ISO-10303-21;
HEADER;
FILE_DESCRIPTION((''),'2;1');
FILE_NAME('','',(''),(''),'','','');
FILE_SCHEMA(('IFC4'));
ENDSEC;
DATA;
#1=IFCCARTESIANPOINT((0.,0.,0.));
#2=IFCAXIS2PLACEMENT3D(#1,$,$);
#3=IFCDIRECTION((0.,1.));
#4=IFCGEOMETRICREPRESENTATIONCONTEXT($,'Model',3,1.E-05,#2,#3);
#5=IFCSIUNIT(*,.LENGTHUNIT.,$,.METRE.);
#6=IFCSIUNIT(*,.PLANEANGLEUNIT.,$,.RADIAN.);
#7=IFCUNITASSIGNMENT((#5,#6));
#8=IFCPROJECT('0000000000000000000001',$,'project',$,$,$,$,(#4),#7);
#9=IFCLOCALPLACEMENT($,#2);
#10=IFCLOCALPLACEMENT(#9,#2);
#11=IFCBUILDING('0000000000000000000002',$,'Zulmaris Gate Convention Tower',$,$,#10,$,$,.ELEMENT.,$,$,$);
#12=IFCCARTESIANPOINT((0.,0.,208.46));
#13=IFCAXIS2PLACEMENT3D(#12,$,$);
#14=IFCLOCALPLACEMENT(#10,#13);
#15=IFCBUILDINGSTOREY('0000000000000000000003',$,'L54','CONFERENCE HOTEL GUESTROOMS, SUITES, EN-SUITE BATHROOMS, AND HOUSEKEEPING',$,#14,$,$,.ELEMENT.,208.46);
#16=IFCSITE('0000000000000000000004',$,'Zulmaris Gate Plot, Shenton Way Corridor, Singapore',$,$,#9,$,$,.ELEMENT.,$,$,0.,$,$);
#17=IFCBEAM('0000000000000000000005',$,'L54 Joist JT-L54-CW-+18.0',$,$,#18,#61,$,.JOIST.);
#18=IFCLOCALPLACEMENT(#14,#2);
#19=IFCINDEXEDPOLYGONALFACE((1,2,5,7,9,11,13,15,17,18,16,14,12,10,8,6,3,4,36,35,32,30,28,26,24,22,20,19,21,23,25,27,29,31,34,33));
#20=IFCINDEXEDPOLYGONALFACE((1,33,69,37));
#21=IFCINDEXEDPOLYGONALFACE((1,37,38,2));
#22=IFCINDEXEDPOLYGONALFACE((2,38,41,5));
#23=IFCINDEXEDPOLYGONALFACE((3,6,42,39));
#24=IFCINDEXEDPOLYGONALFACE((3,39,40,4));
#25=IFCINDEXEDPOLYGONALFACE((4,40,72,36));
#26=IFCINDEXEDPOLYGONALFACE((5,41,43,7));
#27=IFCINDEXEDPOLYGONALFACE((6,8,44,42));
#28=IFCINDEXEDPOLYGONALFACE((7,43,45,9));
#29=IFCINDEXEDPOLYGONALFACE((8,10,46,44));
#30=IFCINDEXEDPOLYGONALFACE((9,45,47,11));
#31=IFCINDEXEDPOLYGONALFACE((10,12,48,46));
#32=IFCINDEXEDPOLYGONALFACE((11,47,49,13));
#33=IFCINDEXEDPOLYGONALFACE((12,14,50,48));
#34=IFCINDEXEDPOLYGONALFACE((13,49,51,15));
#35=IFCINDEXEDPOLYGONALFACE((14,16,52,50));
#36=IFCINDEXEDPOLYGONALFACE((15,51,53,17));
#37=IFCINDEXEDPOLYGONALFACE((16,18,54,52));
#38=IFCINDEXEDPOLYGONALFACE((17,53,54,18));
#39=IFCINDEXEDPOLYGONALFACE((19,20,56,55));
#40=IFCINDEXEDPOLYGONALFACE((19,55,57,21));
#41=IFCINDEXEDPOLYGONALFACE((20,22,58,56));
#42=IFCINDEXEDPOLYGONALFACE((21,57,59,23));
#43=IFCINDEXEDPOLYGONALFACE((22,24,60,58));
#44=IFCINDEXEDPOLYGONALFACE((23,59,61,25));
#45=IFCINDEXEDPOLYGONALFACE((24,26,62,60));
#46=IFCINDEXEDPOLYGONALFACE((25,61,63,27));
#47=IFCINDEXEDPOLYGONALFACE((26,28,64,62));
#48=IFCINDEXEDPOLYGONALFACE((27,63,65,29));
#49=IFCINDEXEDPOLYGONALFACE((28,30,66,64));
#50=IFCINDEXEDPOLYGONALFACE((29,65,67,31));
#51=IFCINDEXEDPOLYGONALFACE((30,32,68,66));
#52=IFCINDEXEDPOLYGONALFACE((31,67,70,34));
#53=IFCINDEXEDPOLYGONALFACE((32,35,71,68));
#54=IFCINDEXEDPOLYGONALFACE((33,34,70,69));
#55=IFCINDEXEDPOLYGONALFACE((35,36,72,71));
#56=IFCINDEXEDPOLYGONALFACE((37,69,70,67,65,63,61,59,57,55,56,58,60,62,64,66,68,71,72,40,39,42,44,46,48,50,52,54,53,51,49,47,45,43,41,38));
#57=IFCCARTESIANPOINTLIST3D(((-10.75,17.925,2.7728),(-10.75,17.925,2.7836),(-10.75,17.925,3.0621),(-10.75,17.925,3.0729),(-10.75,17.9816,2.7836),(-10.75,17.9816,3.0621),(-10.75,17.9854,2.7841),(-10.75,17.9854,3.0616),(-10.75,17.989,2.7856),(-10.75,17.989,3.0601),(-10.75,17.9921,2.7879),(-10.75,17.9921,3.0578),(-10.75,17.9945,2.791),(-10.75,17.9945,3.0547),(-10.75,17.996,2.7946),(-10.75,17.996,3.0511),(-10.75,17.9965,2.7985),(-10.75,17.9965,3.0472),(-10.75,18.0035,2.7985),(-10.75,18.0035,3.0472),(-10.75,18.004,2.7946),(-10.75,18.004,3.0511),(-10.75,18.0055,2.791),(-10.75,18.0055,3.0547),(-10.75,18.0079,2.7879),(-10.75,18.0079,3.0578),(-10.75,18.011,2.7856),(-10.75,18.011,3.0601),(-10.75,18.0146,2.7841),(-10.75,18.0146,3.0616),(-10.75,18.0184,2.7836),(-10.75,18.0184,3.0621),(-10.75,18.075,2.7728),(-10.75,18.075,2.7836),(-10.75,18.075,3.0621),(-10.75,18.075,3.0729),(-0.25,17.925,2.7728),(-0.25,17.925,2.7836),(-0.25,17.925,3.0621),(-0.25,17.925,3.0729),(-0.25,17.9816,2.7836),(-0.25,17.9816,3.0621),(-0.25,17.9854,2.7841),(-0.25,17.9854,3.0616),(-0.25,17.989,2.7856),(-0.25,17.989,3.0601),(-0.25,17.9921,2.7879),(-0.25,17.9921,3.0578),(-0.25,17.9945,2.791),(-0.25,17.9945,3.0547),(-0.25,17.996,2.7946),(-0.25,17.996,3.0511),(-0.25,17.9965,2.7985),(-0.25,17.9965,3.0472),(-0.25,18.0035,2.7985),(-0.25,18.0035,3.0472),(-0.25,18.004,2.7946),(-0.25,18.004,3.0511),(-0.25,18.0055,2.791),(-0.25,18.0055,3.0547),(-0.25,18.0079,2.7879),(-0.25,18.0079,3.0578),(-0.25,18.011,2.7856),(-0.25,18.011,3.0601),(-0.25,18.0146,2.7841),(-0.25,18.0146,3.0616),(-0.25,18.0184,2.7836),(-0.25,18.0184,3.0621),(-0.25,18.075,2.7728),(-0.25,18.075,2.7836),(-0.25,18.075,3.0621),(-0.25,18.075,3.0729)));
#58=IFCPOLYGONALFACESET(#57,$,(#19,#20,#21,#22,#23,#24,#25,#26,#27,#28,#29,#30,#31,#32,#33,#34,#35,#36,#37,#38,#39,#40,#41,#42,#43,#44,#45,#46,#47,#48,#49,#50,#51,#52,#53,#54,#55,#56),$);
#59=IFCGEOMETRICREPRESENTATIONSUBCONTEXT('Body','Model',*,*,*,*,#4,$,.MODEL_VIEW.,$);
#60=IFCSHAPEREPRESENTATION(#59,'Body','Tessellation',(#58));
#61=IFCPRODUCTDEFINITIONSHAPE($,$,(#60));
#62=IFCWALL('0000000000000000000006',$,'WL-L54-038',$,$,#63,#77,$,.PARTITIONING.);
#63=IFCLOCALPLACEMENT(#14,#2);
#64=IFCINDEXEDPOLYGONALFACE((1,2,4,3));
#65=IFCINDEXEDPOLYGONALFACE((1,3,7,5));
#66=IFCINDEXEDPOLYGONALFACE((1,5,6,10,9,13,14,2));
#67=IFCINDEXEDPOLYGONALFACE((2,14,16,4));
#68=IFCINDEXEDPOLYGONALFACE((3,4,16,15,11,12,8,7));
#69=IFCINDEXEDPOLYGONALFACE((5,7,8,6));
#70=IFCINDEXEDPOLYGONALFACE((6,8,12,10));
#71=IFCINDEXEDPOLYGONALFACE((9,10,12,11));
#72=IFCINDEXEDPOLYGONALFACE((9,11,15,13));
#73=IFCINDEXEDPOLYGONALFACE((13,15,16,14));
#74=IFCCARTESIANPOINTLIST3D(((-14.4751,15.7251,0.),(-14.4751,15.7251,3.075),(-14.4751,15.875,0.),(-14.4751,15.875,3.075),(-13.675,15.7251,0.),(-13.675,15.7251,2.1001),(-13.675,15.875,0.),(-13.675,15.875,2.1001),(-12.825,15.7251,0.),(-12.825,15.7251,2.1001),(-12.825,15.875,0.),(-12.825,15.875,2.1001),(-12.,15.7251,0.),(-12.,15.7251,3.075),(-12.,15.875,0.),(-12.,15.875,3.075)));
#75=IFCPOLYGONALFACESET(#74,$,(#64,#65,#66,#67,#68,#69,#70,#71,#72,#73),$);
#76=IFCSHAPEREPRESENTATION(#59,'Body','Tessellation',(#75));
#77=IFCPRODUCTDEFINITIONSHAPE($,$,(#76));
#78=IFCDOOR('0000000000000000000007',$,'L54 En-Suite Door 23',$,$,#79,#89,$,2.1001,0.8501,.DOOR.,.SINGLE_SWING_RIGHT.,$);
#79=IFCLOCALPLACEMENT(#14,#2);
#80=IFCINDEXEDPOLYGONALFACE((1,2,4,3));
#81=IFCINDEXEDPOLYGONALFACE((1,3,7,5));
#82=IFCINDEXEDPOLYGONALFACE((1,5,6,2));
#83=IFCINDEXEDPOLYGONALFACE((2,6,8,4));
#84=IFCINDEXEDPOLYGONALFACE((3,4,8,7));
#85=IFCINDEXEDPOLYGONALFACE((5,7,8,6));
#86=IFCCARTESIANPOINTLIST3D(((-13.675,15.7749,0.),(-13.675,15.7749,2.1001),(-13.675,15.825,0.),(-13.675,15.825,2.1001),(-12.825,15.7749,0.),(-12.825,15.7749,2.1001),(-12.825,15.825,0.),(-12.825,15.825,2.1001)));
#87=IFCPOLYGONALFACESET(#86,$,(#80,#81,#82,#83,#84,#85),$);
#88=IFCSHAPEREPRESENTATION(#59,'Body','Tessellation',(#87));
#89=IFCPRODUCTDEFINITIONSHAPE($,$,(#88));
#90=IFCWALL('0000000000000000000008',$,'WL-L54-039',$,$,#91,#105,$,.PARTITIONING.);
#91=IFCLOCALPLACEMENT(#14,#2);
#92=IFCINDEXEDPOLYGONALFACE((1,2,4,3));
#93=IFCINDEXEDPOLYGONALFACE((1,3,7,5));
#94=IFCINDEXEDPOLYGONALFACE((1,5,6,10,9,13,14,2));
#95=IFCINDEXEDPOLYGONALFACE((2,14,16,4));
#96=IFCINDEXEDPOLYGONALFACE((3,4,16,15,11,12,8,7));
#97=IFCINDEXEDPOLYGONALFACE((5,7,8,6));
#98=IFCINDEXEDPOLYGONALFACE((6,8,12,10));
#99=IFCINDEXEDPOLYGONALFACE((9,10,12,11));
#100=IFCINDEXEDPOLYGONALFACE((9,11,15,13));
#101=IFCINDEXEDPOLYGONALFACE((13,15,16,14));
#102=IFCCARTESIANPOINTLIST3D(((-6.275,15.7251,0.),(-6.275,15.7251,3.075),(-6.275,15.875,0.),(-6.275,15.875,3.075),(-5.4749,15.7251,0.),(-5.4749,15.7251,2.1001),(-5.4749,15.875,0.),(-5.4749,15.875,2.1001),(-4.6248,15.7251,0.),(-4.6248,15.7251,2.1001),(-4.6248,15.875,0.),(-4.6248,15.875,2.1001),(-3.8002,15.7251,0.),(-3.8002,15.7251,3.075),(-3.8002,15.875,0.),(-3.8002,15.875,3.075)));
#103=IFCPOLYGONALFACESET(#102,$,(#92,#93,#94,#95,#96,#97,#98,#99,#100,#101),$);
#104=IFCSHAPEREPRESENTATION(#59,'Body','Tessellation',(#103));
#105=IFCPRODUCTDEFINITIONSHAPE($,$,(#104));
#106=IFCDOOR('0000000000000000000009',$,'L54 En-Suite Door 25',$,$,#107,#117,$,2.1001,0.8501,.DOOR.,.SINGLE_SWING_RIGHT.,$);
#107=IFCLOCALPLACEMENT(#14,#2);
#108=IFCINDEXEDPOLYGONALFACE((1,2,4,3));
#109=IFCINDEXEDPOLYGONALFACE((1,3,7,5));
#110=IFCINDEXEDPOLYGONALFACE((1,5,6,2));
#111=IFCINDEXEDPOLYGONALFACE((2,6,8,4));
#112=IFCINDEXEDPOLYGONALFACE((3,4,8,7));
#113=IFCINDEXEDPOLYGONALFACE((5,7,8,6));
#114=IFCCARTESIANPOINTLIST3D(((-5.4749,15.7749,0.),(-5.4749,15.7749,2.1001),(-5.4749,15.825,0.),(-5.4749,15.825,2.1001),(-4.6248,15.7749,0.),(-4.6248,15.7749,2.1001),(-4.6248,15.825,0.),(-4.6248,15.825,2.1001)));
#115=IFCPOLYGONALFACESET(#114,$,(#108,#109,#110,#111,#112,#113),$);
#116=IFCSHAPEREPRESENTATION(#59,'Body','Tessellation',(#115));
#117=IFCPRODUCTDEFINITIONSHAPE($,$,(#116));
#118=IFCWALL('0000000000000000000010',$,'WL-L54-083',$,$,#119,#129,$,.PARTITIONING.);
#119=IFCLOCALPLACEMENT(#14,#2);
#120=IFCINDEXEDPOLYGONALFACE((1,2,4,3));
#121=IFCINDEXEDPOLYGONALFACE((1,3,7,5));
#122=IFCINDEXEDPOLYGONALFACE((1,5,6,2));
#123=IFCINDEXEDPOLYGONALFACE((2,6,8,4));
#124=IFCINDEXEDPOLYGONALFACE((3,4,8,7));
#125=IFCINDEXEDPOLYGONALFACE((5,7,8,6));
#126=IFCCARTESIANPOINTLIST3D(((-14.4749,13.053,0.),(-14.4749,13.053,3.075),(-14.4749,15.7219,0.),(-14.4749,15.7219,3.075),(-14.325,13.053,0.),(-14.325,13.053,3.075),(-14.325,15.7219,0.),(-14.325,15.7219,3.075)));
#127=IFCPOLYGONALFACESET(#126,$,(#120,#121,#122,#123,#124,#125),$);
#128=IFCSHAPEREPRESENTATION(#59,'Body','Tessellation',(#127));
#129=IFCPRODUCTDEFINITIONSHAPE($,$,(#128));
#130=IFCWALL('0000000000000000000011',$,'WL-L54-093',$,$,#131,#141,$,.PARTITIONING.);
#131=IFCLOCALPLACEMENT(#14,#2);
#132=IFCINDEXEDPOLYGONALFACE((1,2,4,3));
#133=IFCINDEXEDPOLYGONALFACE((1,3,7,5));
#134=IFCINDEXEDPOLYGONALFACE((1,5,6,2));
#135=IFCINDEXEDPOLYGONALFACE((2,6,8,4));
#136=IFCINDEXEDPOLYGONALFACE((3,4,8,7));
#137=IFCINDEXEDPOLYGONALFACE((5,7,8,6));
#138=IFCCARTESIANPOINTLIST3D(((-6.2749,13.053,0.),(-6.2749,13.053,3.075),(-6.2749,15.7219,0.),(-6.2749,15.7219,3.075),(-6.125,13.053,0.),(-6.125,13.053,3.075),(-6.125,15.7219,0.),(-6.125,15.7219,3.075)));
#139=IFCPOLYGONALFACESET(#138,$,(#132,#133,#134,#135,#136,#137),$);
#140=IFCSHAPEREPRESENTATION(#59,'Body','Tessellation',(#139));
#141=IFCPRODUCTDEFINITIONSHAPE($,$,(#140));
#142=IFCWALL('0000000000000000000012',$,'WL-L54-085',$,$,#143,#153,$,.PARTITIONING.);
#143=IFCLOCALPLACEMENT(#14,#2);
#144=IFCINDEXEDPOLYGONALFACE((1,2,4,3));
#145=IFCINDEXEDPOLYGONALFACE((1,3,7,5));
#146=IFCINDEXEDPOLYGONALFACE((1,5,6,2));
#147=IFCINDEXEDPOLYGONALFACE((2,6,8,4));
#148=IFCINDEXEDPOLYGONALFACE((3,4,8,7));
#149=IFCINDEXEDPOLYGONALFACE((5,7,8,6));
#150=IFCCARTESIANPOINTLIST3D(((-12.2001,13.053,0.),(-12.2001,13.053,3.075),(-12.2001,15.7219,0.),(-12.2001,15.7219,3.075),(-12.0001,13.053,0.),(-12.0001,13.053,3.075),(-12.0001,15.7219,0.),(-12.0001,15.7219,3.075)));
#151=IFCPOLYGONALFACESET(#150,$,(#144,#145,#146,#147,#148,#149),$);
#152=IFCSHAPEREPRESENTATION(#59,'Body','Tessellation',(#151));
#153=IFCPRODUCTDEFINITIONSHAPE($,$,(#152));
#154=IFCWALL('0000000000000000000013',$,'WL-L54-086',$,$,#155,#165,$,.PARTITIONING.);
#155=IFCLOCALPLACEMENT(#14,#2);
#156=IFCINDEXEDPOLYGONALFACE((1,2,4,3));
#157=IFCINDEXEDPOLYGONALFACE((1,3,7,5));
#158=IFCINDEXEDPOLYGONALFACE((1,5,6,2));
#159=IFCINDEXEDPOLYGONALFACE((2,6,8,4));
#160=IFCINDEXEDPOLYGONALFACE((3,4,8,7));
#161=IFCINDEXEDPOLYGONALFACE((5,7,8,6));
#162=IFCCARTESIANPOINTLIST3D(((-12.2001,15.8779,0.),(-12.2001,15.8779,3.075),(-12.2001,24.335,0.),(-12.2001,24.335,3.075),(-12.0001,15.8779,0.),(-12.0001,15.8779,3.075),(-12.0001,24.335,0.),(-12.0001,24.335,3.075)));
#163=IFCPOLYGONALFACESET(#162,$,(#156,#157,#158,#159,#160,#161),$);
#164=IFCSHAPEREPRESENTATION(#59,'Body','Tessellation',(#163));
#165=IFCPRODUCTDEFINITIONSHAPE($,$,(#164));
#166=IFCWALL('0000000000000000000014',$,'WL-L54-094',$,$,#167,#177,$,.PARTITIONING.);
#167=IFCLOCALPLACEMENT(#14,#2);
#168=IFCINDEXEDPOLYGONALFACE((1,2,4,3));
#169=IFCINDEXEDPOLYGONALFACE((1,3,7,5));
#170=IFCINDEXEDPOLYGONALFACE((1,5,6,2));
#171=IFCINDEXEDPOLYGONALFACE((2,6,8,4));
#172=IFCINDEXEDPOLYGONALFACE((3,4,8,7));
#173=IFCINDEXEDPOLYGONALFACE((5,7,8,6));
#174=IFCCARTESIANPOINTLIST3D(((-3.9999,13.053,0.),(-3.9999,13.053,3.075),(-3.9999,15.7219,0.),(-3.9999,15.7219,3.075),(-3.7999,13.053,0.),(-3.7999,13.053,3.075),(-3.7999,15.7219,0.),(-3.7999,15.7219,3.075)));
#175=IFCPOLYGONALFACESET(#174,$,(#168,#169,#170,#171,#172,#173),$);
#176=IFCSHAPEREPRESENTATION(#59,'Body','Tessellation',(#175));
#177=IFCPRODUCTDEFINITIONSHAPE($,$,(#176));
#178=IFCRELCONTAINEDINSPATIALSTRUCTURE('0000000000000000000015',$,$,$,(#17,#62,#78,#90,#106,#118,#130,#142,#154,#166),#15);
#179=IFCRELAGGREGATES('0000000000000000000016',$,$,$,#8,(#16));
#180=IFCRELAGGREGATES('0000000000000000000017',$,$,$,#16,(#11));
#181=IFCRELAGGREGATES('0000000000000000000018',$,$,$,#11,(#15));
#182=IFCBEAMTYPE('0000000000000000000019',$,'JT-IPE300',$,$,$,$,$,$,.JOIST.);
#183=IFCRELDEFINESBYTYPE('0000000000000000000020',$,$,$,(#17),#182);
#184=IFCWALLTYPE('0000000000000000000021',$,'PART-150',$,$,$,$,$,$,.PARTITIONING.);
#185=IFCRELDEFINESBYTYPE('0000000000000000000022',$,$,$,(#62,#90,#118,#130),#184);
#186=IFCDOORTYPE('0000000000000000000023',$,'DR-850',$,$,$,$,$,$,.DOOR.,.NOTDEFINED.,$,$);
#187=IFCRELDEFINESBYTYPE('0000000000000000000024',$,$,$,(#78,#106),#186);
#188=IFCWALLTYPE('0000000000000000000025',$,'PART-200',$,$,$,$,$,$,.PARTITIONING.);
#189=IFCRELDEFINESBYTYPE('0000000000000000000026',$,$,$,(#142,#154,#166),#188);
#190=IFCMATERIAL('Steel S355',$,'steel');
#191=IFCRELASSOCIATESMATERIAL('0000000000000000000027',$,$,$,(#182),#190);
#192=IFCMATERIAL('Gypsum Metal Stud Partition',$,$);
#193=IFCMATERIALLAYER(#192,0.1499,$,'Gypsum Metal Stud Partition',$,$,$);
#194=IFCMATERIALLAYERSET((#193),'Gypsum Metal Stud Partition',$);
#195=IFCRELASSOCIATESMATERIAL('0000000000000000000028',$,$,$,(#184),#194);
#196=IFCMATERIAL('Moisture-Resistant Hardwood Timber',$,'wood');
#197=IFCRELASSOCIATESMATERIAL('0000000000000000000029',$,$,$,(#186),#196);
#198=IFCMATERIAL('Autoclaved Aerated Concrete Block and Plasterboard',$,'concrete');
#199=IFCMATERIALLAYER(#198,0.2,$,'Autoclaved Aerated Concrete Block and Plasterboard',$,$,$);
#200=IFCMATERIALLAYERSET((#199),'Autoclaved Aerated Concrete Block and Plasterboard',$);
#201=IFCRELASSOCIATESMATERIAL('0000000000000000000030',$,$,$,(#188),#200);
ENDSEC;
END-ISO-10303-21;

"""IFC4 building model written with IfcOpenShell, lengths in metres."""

from ifc_helpers import new_model, si_unit, direction, frame, frame_2d, origin, origin_2d, place, context, subcontext, project, spatial, rectangle, i_section, extrude, material, layer, layer_set, material_profile, profile_set, type_object, element, fill, save


model = new_model("IFC4")

# Units and contexts
model_context = context("Model", 3, precision=1e-05, world=origin(), true_north=direction((0.0, 1.0)))
body_context = subcontext(model_context, "Body", "Model", "MODEL_VIEW")
ifc_project = project(units=[si_unit("LENGTHUNIT", "METRE"), si_unit("PLANEANGLEUNIT", "RADIAN")], contexts=[model_context])

# Site, building, storey
site_placement = place(None, origin())
site = spatial("IfcSite", under=ifc_project, at=site_placement, Name="Zulmaris Gate Plot, Shenton Way Corridor, Singapore", CompositionType="ELEMENT", RefElevation=0.0)
building_placement = place(site_placement, origin())
building = spatial("IfcBuilding", under=site, at=building_placement, Name="Zulmaris Gate Convention Tower", CompositionType="ELEMENT")
storey_placement = place(building_placement, frame((0.0, 0.0, 208.46)))
storey = spatial("IfcBuildingStorey", under=building, at=storey_placement, Name="L54", Description="CONFERENCE HOTEL GUESTROOMS, SUITES, EN-SUITE BATHROOMS, AND HOUSEKEEPING", CompositionType="ELEMENT", Elevation=208.46)

# Beam
ifc_material_1 = material(Name="Steel S355", Category="steel")
ifc_material_profile_1 = material_profile(ifc_material_1, i_section(OverallWidth=0.1499, OverallDepth=0.3, WebThickness=0.0071, FlangeThickness=0.0107, FilletRadius=0.0149, at=origin_2d()), Name="IPE 300")
ifc_profile_set_1 = profile_set([ifc_material_profile_1], Name="Steel S355")
beam_type_1 = type_object("IfcBeamType", Name="JT-IPE300", PredefinedType="JOIST", material=ifc_profile_set_1)
for number, where, z_axis, x_axis, name in (
    (1, (-10.75, 18.0, 2.9229), (1.0, 0.0, 0.0), (0.0, 1.0, 0.0), "L54 Joist JT-L54-CW-+18.0"),
):
    element("IfcBeam", number, at=place(storey_placement, frame(where, z_axis=z_axis, x_axis=x_axis)), inside=storey, type_object=beam_type_1, Name=name, PredefinedType="JOIST", context=body_context, shape_type="SweptSolid", body=[
        extrude(i_section(OverallWidth=0.1499, OverallDepth=0.3, WebThickness=0.0071, FlangeThickness=0.0107, FilletRadius=0.0149, at=origin_2d()), origin(), (0.0, 0.0, 1.0), 10.5),
    ])

# Walls, openings, doors
ifc_material_2 = material(Name="Gypsum Metal Stud Partition")
ifc_layer_1 = layer(ifc_material_2, 0.1499, Name="Gypsum Metal Stud Partition")
ifc_layer_set_1 = layer_set([ifc_layer_1], Name="Gypsum Metal Stud Partition")
wall_type_1 = type_object("IfcWallType", Name="PART-150", PredefinedType="PARTITIONING", material=ifc_layer_set_1)
wall_1_placement = place(storey_placement, frame((-14.4751, 15.8, 0.0), z_axis=(0.0, 0.0, 1.0), x_axis=(1.0, 0.0, 0.0)))
wall_1 = element("IfcWall", 2, at=wall_1_placement, inside=storey, type_object=wall_type_1, Name="WL-L54-038", PredefinedType="PARTITIONING", context=body_context, shape_type="SweptSolid", body=[
    extrude(rectangle(XDim=2.4751, YDim=0.1499, at=frame_2d((1.2375, 0.0))), origin(), (0.0, 0.0, 1.0), 3.075),
])
opening_1_placement = place(wall_1_placement, frame((0.8, 0.0, 0.0)))
opening_1 = element("IfcOpeningElement", 3, at=opening_1_placement, cuts=wall_1, PredefinedType="OPENING", context=body_context, shape_type="SweptSolid", body=[
    extrude(rectangle(XDim=0.8501, YDim=2.1001, at=frame_2d((0.425, 1.05))), frame((0.0, 0.085, 0.0), z_axis=(0.0, -1.0, 0.0), x_axis=(1.0, 0.0, 0.0)), (0.0, 0.0, 1.0), 0.1699),
])
ifc_material_3 = material(Name="Moisture-Resistant Hardwood Timber", Category="wood")
door_type_1 = type_object("IfcDoorType", Name="DR-850", OperationType="NOTDEFINED", PredefinedType="DOOR", material=ifc_material_3)
door_1_placement = place(opening_1_placement, origin())
door_1 = element("IfcDoor", 4, at=door_1_placement, inside=storey, type_object=door_type_1, Name="L54 En-Suite Door 23", OperationType="SINGLE_SWING_RIGHT", OverallHeight=2.1001, OverallWidth=0.8501, PredefinedType="DOOR", context=body_context, shape_type="SweptSolid", body=[
    extrude(rectangle(XDim=0.8501, YDim=2.1001, at=frame_2d((0.425, 1.05))), frame((0.0, 0.0249, 0.0), z_axis=(0.0, -1.0, 0.0), x_axis=(1.0, 0.0, 0.0)), (0.0, 0.0, 1.0), 0.05),
])
fill(opening_1, door_1)
wall_2_placement = place(storey_placement, frame((-6.2749, 15.8, 0.0), z_axis=(0.0, 0.0, 1.0), x_axis=(1.0, 0.0, 0.0)))
wall_2 = element("IfcWall", 5, at=wall_2_placement, inside=storey, type_object=wall_type_1, Name="WL-L54-039", PredefinedType="PARTITIONING", context=body_context, shape_type="SweptSolid", body=[
    extrude(rectangle(XDim=2.4749, YDim=0.1499, at=frame_2d((1.2373, 0.0))), origin(), (0.0, 0.0, 1.0), 3.075),
])
opening_2_placement = place(wall_2_placement, frame((0.8, 0.0, 0.0)))
opening_2 = element("IfcOpeningElement", 6, at=opening_2_placement, cuts=wall_2, PredefinedType="OPENING", context=body_context, shape_type="SweptSolid", body=[
    extrude(rectangle(XDim=0.8501, YDim=2.1001, at=frame_2d((0.425, 1.05))), frame((0.0, 0.085, 0.0), z_axis=(0.0, -1.0, 0.0), x_axis=(1.0, 0.0, 0.0)), (0.0, 0.0, 1.0), 0.1699),
])
door_2_placement = place(opening_2_placement, origin())
door_2 = element("IfcDoor", 7, at=door_2_placement, inside=storey, type_object=door_type_1, Name="L54 En-Suite Door 25", OperationType="SINGLE_SWING_RIGHT", OverallHeight=2.1001, OverallWidth=0.8501, PredefinedType="DOOR", context=body_context, shape_type="SweptSolid", body=[
    extrude(rectangle(XDim=0.8501, YDim=2.1001, at=frame_2d((0.425, 1.05))), frame((0.0, 0.0249, 0.0), z_axis=(0.0, -1.0, 0.0), x_axis=(1.0, 0.0, 0.0)), (0.0, 0.0, 1.0), 0.05),
])
fill(opening_2, door_2)

# Walls
for number, where, z_axis, x_axis, name in (
    (8, (-14.3999, 13.053, 0.0), (0.0, 0.0, 1.0), (0.0, 1.0, 0.0), "WL-L54-083"),
    (9, (-6.2, 13.053, 0.0), (0.0, 0.0, 1.0), (0.0, 1.0, 0.0), "WL-L54-093"),
):
    element("IfcWall", number, at=place(storey_placement, frame(where, z_axis=z_axis, x_axis=x_axis)), inside=storey, type_object=wall_type_1, Name=name, PredefinedType="PARTITIONING", context=body_context, shape_type="SweptSolid", body=[
        extrude(rectangle(XDim=2.6689, YDim=0.1499, at=frame_2d((1.3345, 0.0))), origin(), (0.0, 0.0, 1.0), 3.075),
    ])
ifc_material_4 = material(Name="Autoclaved Aerated Concrete Block and Plasterboard", Category="concrete")
ifc_layer_2 = layer(ifc_material_4, 0.2, Name="Autoclaved Aerated Concrete Block and Plasterboard")
ifc_layer_set_2 = layer_set([ifc_layer_2], Name="Autoclaved Aerated Concrete Block and Plasterboard")
wall_type_2 = type_object("IfcWallType", Name="PART-200", PredefinedType="PARTITIONING", material=ifc_layer_set_2)
wall_3_placement = place(storey_placement, frame((-12.1001, 13.053, 0.0), z_axis=(0.0, 0.0, 1.0), x_axis=(0.0, 1.0, 0.0)))
element("IfcWall", 10, at=wall_3_placement, inside=storey, type_object=wall_type_2, Name="WL-L54-085", PredefinedType="PARTITIONING", context=body_context, shape_type="SweptSolid", body=[
    extrude(rectangle(XDim=2.6689, YDim=0.2, at=frame_2d((1.3345, 0.0))), origin(), (0.0, 0.0, 1.0), 3.075),
])
wall_4_placement = place(storey_placement, frame((-12.1001, 15.8779, 0.0), z_axis=(0.0, 0.0, 1.0), x_axis=(0.0, 1.0, 0.0)))
element("IfcWall", 11, at=wall_4_placement, inside=storey, type_object=wall_type_2, Name="WL-L54-086", PredefinedType="PARTITIONING", context=body_context, shape_type="SweptSolid", body=[
    extrude(rectangle(XDim=8.457, YDim=0.2, at=frame_2d((4.2285, 0.0))), origin(), (0.0, 0.0, 1.0), 3.075),
])
wall_5_placement = place(storey_placement, frame((-3.8999, 13.053, 0.0), z_axis=(0.0, 0.0, 1.0), x_axis=(0.0, 1.0, 0.0)))
element("IfcWall", 12, at=wall_5_placement, inside=storey, type_object=wall_type_2, Name="WL-L54-094", PredefinedType="PARTITIONING", context=body_context, shape_type="SweptSolid", body=[
    extrude(rectangle(XDim=2.6689, YDim=0.2, at=frame_2d((1.3345, 0.0))), origin(), (0.0, 0.0, 1.0), 3.075),
])

save(model, "model.ifc")
